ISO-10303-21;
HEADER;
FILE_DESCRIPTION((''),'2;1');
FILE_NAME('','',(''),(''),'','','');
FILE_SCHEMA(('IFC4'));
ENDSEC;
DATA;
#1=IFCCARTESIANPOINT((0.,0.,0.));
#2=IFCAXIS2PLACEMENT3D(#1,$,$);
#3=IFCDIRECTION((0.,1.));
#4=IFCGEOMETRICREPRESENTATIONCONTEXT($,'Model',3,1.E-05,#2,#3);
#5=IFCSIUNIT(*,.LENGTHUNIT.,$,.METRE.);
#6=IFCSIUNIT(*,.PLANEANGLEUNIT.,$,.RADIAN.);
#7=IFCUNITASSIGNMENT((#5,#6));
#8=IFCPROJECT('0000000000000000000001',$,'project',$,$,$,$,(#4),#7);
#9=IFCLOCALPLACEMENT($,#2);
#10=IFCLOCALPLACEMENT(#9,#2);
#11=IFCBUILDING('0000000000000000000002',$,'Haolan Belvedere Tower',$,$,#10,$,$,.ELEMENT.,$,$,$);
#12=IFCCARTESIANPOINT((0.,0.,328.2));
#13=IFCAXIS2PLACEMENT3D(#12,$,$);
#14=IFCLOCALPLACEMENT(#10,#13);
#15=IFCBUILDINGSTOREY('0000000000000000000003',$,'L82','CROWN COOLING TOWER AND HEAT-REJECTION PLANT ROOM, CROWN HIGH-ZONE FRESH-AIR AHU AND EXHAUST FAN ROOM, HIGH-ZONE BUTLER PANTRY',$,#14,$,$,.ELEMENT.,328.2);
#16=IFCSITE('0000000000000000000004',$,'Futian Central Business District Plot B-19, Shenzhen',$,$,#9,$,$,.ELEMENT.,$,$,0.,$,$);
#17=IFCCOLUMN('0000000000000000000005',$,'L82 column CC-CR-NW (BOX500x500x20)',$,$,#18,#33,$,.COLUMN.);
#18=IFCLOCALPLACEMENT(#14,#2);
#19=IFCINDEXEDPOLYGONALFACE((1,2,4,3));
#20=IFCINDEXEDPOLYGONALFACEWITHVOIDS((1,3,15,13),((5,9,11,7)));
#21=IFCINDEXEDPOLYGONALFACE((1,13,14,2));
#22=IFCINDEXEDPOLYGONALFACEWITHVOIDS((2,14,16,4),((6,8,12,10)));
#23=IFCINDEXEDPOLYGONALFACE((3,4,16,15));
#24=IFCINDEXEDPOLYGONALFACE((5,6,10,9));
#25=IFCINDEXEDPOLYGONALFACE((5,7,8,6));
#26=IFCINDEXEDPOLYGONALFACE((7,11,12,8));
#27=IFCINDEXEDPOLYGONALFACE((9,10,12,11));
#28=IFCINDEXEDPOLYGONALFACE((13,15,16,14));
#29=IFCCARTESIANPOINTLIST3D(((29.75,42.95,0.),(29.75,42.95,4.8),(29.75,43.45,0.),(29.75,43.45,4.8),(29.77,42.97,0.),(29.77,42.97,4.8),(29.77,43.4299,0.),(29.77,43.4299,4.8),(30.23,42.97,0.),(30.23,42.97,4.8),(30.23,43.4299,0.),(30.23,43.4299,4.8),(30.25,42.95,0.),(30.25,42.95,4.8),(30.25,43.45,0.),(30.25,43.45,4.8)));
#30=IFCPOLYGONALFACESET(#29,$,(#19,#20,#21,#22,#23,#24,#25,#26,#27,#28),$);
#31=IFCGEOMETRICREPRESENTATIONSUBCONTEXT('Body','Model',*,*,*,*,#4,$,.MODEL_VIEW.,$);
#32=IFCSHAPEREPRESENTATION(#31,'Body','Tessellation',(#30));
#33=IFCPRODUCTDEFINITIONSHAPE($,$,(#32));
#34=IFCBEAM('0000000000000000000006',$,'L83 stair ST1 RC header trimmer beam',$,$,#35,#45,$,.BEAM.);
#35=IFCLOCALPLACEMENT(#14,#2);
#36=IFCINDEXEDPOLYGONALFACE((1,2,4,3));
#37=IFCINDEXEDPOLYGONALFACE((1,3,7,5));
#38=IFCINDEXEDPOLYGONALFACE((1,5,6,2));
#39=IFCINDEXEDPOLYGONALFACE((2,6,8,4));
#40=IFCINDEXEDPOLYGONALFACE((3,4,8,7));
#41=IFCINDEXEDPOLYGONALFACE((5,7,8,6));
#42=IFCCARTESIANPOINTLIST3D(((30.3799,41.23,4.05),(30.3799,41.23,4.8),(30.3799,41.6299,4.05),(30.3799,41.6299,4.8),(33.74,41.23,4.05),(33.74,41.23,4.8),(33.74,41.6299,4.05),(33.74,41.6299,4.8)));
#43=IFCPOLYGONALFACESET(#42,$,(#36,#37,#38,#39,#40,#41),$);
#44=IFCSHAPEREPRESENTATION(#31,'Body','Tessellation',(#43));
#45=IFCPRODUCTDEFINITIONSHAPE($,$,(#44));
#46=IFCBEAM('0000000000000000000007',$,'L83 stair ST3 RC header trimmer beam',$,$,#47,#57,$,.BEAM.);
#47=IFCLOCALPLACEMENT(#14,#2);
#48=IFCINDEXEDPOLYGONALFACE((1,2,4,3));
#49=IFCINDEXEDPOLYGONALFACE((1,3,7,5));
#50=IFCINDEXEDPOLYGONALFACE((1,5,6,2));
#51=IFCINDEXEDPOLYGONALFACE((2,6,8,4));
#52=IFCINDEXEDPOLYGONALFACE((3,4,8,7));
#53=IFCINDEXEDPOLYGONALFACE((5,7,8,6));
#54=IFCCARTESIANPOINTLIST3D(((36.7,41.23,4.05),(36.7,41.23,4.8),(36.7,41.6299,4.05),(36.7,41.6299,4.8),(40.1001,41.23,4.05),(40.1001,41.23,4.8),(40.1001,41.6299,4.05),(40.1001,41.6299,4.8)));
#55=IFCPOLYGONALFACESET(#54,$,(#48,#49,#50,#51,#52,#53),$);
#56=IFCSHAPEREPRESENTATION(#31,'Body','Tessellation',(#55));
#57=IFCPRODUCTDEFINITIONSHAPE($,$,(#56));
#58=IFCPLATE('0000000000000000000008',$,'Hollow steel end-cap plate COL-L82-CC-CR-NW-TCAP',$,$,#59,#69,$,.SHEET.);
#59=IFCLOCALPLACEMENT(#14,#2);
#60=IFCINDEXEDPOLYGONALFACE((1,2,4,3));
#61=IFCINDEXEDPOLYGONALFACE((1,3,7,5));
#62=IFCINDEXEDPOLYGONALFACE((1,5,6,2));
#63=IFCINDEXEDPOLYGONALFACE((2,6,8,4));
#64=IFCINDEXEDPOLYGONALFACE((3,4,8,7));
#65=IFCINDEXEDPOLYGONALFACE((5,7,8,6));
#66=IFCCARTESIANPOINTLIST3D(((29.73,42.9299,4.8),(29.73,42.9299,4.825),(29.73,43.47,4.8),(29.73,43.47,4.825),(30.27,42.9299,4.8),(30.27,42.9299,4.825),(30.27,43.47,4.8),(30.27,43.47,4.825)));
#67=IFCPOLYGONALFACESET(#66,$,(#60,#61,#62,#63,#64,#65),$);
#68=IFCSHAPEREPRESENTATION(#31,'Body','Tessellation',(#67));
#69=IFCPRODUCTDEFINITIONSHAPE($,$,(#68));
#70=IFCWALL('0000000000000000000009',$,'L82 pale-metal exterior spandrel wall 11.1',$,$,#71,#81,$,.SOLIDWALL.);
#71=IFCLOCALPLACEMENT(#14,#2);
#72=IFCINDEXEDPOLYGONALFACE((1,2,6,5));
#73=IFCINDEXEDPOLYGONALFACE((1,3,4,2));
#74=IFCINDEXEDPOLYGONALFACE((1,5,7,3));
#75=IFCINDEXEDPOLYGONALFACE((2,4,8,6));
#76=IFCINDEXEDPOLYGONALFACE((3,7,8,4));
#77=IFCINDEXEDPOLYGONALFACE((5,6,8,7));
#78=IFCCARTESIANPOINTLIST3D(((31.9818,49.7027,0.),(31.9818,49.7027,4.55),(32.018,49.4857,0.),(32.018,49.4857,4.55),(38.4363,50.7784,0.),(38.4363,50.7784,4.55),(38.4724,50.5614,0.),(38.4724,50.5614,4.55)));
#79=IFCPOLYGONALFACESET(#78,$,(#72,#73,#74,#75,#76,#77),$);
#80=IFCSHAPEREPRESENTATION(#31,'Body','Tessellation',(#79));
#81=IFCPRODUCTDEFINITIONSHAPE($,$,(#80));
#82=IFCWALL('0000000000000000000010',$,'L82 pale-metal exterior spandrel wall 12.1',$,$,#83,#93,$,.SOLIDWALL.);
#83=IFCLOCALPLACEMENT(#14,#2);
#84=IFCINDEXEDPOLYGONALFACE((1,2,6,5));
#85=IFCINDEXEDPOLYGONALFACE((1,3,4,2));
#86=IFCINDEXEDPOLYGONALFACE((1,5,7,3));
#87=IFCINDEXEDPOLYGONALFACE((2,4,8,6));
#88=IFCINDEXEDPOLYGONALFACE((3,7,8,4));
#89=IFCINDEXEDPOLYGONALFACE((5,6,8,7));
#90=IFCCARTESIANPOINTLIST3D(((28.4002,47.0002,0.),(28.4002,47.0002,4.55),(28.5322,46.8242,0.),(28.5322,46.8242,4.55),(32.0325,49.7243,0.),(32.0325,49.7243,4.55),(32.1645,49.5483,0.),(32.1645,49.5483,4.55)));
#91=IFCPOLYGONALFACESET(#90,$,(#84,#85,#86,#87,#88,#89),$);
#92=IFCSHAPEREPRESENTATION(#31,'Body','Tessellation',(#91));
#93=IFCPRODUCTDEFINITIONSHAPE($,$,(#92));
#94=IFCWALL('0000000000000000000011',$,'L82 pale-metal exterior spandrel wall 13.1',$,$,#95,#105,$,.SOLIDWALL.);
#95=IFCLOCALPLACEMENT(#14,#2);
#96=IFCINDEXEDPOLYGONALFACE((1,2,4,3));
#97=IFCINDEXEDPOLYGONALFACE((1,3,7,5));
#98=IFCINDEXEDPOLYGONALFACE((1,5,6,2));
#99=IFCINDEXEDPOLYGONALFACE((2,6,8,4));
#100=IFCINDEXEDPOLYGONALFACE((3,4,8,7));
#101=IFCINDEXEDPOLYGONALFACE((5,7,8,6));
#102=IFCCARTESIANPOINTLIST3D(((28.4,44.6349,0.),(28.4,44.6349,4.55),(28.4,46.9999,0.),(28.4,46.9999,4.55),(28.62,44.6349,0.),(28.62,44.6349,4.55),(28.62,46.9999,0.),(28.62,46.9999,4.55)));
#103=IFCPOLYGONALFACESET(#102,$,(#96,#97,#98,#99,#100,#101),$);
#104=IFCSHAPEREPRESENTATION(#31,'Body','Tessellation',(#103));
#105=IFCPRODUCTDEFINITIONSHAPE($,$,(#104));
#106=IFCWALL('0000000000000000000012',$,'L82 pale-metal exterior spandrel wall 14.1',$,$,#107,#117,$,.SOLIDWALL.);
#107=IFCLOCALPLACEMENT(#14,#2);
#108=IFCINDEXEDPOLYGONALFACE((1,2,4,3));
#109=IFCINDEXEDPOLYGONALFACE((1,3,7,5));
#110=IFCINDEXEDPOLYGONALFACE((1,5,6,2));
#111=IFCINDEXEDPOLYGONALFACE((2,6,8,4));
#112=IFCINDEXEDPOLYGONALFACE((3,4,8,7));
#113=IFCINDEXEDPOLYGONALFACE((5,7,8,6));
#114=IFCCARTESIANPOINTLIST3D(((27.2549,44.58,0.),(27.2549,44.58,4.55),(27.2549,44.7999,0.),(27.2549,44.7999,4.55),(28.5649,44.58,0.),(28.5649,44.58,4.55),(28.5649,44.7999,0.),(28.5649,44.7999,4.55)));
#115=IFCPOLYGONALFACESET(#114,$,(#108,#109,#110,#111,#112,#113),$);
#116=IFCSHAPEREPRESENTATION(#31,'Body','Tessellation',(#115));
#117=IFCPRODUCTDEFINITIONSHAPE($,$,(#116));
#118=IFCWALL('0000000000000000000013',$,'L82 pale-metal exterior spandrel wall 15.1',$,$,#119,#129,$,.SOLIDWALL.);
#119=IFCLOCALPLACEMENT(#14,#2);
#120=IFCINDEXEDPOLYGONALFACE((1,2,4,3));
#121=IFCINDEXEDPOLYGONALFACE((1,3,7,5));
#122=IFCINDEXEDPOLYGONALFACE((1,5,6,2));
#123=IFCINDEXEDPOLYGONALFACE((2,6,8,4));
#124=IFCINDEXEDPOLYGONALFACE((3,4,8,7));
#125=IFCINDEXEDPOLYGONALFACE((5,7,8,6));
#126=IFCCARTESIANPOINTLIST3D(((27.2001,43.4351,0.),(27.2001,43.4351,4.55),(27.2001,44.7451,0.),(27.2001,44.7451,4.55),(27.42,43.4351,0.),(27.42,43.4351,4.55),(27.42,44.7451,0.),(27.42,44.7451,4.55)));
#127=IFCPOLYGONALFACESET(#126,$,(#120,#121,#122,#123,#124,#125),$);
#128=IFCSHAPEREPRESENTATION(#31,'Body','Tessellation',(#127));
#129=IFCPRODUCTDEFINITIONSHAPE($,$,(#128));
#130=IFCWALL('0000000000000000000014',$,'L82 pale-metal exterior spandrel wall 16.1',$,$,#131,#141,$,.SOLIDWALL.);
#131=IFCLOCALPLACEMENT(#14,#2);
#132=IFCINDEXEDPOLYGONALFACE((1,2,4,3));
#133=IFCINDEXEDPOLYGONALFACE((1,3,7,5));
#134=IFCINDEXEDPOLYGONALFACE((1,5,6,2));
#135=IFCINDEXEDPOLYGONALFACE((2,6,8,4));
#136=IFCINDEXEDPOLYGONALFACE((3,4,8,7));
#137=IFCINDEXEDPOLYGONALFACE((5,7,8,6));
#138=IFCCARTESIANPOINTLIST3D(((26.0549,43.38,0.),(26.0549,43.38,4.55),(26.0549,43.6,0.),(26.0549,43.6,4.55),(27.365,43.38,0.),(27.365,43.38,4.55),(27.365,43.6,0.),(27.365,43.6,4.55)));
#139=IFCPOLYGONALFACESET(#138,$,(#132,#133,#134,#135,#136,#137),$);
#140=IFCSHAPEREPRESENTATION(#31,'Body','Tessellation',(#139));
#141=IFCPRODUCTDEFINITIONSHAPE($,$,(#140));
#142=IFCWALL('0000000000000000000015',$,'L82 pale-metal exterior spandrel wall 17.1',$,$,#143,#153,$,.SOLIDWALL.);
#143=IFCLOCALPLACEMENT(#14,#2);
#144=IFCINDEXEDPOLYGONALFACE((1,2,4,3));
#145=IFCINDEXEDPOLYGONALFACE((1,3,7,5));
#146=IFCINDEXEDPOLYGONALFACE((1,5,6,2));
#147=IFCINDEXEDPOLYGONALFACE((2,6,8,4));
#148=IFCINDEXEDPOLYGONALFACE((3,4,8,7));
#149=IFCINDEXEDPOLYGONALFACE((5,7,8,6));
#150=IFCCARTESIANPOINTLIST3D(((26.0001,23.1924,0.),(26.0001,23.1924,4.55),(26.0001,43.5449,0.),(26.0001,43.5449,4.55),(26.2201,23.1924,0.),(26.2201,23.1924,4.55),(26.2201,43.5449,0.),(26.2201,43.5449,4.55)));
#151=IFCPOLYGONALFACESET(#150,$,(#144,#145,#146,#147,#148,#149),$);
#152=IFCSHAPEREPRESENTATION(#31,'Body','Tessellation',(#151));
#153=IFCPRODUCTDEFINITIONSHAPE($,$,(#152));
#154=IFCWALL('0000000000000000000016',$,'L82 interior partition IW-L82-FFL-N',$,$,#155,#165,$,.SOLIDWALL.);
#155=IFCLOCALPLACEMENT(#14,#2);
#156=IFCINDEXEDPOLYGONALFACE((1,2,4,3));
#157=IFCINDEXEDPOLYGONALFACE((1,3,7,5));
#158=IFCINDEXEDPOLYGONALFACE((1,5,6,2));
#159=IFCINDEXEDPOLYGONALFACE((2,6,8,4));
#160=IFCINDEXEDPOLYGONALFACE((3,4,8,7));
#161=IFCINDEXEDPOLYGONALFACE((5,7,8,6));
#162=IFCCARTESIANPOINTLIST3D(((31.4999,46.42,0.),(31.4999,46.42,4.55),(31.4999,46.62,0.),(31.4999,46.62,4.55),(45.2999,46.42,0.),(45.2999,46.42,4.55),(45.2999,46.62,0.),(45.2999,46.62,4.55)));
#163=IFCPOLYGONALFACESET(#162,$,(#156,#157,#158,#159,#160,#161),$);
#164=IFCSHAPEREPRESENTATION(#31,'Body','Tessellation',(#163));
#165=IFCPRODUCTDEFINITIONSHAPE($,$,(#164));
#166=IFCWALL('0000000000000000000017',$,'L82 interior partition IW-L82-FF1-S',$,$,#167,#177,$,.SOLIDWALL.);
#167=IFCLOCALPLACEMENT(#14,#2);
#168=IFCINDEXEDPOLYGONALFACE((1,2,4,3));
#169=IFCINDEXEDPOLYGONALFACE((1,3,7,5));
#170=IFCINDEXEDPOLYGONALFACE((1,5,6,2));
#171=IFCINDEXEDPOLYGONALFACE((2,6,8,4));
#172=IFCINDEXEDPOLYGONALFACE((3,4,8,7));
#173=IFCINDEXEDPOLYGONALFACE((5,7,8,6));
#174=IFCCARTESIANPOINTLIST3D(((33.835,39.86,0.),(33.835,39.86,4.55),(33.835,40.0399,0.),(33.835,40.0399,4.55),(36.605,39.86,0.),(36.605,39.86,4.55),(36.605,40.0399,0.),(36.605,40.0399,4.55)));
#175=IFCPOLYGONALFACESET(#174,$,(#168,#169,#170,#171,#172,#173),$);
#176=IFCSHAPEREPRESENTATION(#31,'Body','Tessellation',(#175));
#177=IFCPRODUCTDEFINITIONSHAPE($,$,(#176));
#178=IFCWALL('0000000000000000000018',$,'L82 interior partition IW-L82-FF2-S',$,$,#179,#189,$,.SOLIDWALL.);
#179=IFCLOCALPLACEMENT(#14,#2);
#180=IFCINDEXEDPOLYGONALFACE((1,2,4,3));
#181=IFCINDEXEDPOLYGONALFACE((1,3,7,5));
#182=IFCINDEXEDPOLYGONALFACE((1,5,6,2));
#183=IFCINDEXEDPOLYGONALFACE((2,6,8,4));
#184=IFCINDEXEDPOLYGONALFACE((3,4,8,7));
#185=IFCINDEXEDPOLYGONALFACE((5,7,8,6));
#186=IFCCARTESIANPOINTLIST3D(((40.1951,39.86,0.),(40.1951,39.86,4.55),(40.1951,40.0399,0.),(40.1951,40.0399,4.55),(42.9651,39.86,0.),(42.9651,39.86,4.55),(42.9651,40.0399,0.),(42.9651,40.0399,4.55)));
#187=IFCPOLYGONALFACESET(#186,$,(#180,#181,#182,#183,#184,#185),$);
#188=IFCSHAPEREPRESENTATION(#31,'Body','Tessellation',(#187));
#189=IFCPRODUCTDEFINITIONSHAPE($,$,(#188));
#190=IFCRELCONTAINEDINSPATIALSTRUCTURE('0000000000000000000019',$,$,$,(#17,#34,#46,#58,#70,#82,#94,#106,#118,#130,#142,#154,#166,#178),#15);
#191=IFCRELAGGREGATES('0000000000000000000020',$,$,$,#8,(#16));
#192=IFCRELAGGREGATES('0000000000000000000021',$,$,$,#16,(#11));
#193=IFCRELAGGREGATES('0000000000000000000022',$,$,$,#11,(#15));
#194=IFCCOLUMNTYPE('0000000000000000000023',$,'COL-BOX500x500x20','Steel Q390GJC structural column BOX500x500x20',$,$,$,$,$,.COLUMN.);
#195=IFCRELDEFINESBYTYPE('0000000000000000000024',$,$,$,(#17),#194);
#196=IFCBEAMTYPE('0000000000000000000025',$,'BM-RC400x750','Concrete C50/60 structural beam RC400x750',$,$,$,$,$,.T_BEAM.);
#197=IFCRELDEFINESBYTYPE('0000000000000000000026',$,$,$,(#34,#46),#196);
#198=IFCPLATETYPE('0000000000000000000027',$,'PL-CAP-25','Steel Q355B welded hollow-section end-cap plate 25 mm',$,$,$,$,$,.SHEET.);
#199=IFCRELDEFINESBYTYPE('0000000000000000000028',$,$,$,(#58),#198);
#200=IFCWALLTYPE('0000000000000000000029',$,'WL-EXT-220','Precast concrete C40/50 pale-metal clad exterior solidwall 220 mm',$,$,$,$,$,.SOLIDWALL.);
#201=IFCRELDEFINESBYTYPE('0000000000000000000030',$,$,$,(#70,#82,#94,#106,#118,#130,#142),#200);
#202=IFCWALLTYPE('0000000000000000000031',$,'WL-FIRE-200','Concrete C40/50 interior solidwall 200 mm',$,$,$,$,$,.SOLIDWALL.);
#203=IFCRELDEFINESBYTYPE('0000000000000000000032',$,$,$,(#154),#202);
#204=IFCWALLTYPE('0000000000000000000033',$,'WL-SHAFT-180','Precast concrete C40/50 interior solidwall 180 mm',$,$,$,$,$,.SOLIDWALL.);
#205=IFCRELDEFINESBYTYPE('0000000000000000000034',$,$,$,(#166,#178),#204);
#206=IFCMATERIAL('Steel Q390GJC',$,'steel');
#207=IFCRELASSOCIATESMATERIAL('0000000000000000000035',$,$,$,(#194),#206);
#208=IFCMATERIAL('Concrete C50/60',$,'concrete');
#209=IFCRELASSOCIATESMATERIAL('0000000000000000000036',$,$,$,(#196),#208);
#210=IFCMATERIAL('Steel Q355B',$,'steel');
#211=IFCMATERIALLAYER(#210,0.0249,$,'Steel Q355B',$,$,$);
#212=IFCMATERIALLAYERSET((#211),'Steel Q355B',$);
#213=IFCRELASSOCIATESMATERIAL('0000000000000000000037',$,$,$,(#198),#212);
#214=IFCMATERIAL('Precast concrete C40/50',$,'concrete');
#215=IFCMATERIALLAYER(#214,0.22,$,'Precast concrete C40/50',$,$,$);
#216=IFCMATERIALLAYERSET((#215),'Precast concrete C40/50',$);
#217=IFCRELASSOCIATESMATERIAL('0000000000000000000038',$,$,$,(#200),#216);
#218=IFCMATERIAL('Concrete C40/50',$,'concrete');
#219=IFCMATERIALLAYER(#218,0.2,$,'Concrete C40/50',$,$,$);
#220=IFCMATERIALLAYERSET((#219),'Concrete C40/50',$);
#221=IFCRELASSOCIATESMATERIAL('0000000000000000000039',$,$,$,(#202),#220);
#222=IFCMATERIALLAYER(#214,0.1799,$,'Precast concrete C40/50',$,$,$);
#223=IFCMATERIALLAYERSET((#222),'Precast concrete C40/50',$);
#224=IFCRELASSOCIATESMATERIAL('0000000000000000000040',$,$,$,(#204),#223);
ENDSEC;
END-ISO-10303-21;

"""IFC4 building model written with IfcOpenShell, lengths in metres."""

from ifc_helpers import new_model, si_unit, direction, frame, frame_2d, origin, origin_2d, place, context, subcontext, project, spatial, rectangle, hollow_rectangle, extrude, material, layer, layer_set, material_profile, profile_set, type_object, element, save


model = new_model("IFC4")

# Units and contexts
model_context = context("Model", 3, precision=1e-05, world=origin(), true_north=direction((0.0, 1.0)))
body_context = subcontext(model_context, "Body", "Model", "MODEL_VIEW")
ifc_project = project(units=[si_unit("LENGTHUNIT", "METRE"), si_unit("PLANEANGLEUNIT", "RADIAN")], contexts=[model_context])

# Site, building, storey
site_placement = place(None, origin())
site = spatial("IfcSite", under=ifc_project, at=site_placement, Name="Futian Central Business District Plot B-19, Shenzhen", CompositionType="ELEMENT", RefElevation=0.0)
building_placement = place(site_placement, origin())
building = spatial("IfcBuilding", under=site, at=building_placement, Name="Haolan Belvedere Tower", CompositionType="ELEMENT")
storey_placement = place(building_placement, frame((0.0, 0.0, 328.2)))
storey = spatial("IfcBuildingStorey", under=building, at=storey_placement, Name="L82", Description="CROWN COOLING TOWER AND HEAT-REJECTION PLANT ROOM, CROWN HIGH-ZONE FRESH-AIR AHU AND EXHAUST FAN ROOM, HIGH-ZONE BUTLER PANTRY", CompositionType="ELEMENT", Elevation=328.2)

# Column
ifc_material_1 = material(Name="Steel Q390GJC", Category="steel")
ifc_material_profile_1 = material_profile(ifc_material_1, hollow_rectangle(XDim=0.5, YDim=0.5, WallThickness=0.02, at=origin_2d()), Name="Steel Q390GJC")
ifc_profile_set_1 = profile_set([ifc_material_profile_1], Name="Steel Q390GJC")
column_type = type_object("IfcColumnType", Name="COL-BOX500x500x20", Description="Steel Q390GJC structural column BOX500x500x20", PredefinedType="COLUMN", material=ifc_profile_set_1)
column_placement = place(storey_placement, frame((30.0, 43.2, 0.0), z_axis=(0.0, 0.0, 1.0), x_axis=(1.0, 0.0, 0.0)))
element("IfcColumn", 1, at=column_placement, inside=storey, type_object=column_type, Name="L82 column CC-CR-NW (BOX500x500x20)", PredefinedType="COLUMN", context=body_context, shape_type="SweptSolid", body=[
    extrude(hollow_rectangle(XDim=0.5, YDim=0.5, WallThickness=0.02, at=origin_2d()), origin(), (0.0, 0.0, 1.0), 4.8),
])

# Beams
ifc_material_2 = material(Name="Concrete C50/60", Category="concrete")
ifc_material_profile_2 = material_profile(ifc_material_2, rectangle(XDim=0.3999, YDim=0.75, at=origin_2d()), Name="Concrete C50/60")
ifc_profile_set_2 = profile_set([ifc_material_profile_2], Name="Concrete C50/60")
beam_type = type_object("IfcBeamType", Name="BM-RC400x750", Description="Concrete C50/60 structural beam RC400x750", PredefinedType="T_BEAM", material=ifc_profile_set_2)
beam_1_placement = place(storey_placement, frame((30.3799, 41.4299, 4.425), z_axis=(1.0, 0.0, 0.0), x_axis=(0.0, 1.0, 0.0)))
element("IfcBeam", 2, at=beam_1_placement, inside=storey, type_object=beam_type, Name="L83 stair ST1 RC header trimmer beam", PredefinedType="BEAM", context=body_context, shape_type="SweptSolid", body=[
    extrude(rectangle(XDim=0.3999, YDim=0.75, at=origin_2d()), origin(), (0.0, 0.0, 1.0), 3.3601),
])
beam_2_placement = place(storey_placement, frame((36.7, 41.4299, 4.425), z_axis=(1.0, 0.0, 0.0), x_axis=(0.0, 1.0, 0.0)))
element("IfcBeam", 3, at=beam_2_placement, inside=storey, type_object=beam_type, Name="L83 stair ST3 RC header trimmer beam", PredefinedType="BEAM", context=body_context, shape_type="SweptSolid", body=[
    extrude(rectangle(XDim=0.3999, YDim=0.75, at=origin_2d()), origin(), (0.0, 0.0, 1.0), 3.4001),
])

# Plate
ifc_material_3 = material(Name="Steel Q355B", Category="steel")
ifc_layer_1 = layer(ifc_material_3, 0.0249, Name="Steel Q355B")
ifc_layer_set_1 = layer_set([ifc_layer_1], Name="Steel Q355B")
plate_type = type_object("IfcPlateType", Name="PL-CAP-25", Description="Steel Q355B welded hollow-section end-cap plate 25 mm", PredefinedType="SHEET", material=ifc_layer_set_1)
plate_placement = place(storey_placement, frame((30.0, 43.2, 4.8), z_axis=(0.0, 0.0, 1.0), x_axis=(1.0, 0.0, 0.0)))
element("IfcPlate", 4, at=plate_placement, inside=storey, type_object=plate_type, Name="Hollow steel end-cap plate COL-L82-CC-CR-NW-TCAP", PredefinedType="SHEET", context=body_context, shape_type="SweptSolid", body=[
    extrude(rectangle(XDim=0.54, YDim=0.54, at=origin_2d()), origin(), (0.0, 0.0, 1.0), 0.0249),
])

# Walls
ifc_material_4 = material(Name="Precast concrete C40/50", Category="concrete")
ifc_layer_2 = layer(ifc_material_4, 0.22, Name="Precast concrete C40/50")
ifc_layer_set_2 = layer_set([ifc_layer_2], Name="Precast concrete C40/50")
wall_type_1 = type_object("IfcWallType", Name="WL-EXT-220", Description="Precast concrete C40/50 pale-metal clad exterior solidwall 220 mm", PredefinedType="SOLIDWALL", material=ifc_layer_set_2)
wall_1_placement = place(storey_placement, frame((38.4543, 50.6699, 0.0), z_axis=(0.0, 0.0, 1.0), x_axis=(-0.986395, -0.164393, 0.0)))
element("IfcWall", 5, at=wall_1_placement, inside=storey, type_object=wall_type_1, Name="L82 pale-metal exterior spandrel wall 11.1", PredefinedType="SOLIDWALL", context=body_context, shape_type="SweptSolid", body=[
    extrude(rectangle(XDim=6.5435, YDim=0.22, at=frame_2d((3.2717, 0.0))), origin(), (0.0, 0.0, 1.0), 4.55),
])
wall_2_placement = place(storey_placement, frame((32.0984, 49.6362, 0.0), z_axis=(0.0, 0.0, 1.0), x_axis=(-0.800013, -0.599983, 0.0)))
element("IfcWall", 6, at=wall_2_placement, inside=storey, type_object=wall_type_1, Name="L82 pale-metal exterior spandrel wall 12.1", PredefinedType="SOLIDWALL", context=body_context, shape_type="SweptSolid", body=[
    extrude(rectangle(XDim=4.5403, YDim=0.22, at=frame_2d((2.27, 0.0))), origin(), (0.0, 0.0, 1.0), 4.55),
])
wall_3_placement = place(storey_placement, frame((28.51, 47.0, 0.0), z_axis=(0.0, 0.0, 1.0), x_axis=(0.0, -1.0, 0.0)))
element("IfcWall", 7, at=wall_3_placement, inside=storey, type_object=wall_type_1, Name="L82 pale-metal exterior spandrel wall 13.1", PredefinedType="SOLIDWALL", context=body_context, shape_type="SweptSolid", body=[
    extrude(rectangle(XDim=2.365, YDim=0.22, at=frame_2d((1.1826, 0.0))), origin(), (0.0, 0.0, 1.0), 4.55),
])
for number, where, z_axis, x_axis, name in (
    (8, (28.5649, 44.6899, 0.0), (0.0, 0.0, 1.0), (-1.0, 0.0, 0.0), "L82 pale-metal exterior spandrel wall 14.1"),
    (9, (27.3101, 44.7451, 0.0), (0.0, 0.0, 1.0), (0.0, -1.0, 0.0), "L82 pale-metal exterior spandrel wall 15.1"),
    (10, (27.365, 43.49, 0.0), (0.0, 0.0, 1.0), (-1.0, 0.0, 0.0), "L82 pale-metal exterior spandrel wall 16.1"),
):
    element("IfcWall", number, at=place(storey_placement, frame(where, z_axis=z_axis, x_axis=x_axis)), inside=storey, type_object=wall_type_1, Name=name, PredefinedType="SOLIDWALL", context=body_context, shape_type="SweptSolid", body=[
        extrude(rectangle(XDim=1.3101, YDim=0.22, at=frame_2d((0.655, 0.0))), origin(), (0.0, 0.0, 1.0), 4.55),
    ])
wall_4_placement = place(storey_placement, frame((26.1101, 43.5449, 0.0), z_axis=(0.0, 0.0, 1.0), x_axis=(0.0, -1.0, 0.0)))
element("IfcWall", 11, at=wall_4_placement, inside=storey, type_object=wall_type_1, Name="L82 pale-metal exterior spandrel wall 17.1", PredefinedType="SOLIDWALL", context=body_context, shape_type="SweptSolid", body=[
    extrude(rectangle(XDim=20.3525, YDim=0.22, at=frame_2d((10.1763, 0.0))), origin(), (0.0, 0.0, 1.0), 4.55),
])
ifc_material_5 = material(Name="Concrete C40/50", Category="concrete")
ifc_layer_3 = layer(ifc_material_5, 0.2, Name="Concrete C40/50")
ifc_layer_set_3 = layer_set([ifc_layer_3], Name="Concrete C40/50")
wall_type_2 = type_object("IfcWallType", Name="WL-FIRE-200", Description="Concrete C40/50 interior solidwall 200 mm", PredefinedType="SOLIDWALL", material=ifc_layer_set_3)
wall_5_placement = place(storey_placement, frame((31.5, 46.52, 0.0), z_axis=(0.0, 0.0, 1.0), x_axis=(1.0, 0.0, 0.0)))
element("IfcWall", 12, at=wall_5_placement, inside=storey, type_object=wall_type_2, Name="L82 interior partition IW-L82-FFL-N", PredefinedType="SOLIDWALL", context=body_context, shape_type="SweptSolid", body=[
    extrude(rectangle(XDim=13.8, YDim=0.2, at=frame_2d((6.8999, 0.0))), origin(), (0.0, 0.0, 1.0), 4.55),
])

# Walls
ifc_layer_4 = layer(ifc_material_4, 0.1799, Name="Precast concrete C40/50")
ifc_layer_set_4 = layer_set([ifc_layer_4], Name="Precast concrete C40/50")
wall_type_3 = type_object("IfcWallType", Name="WL-SHAFT-180", Description="Precast concrete C40/50 interior solidwall 180 mm", PredefinedType="SOLIDWALL", material=ifc_layer_set_4)
for number, where, z_axis, x_axis, name in (
    (13, (33.835, 39.95, 0.0), (0.0, 0.0, 1.0), (1.0, 0.0, 0.0), "L82 interior partition IW-L82-FF1-S"),
    (14, (40.1951, 39.95, 0.0), (0.0, 0.0, 1.0), (1.0, 0.0, 0.0), "L82 interior partition IW-L82-FF2-S"),
):
    element("IfcWall", number, at=place(storey_placement, frame(where, z_axis=z_axis, x_axis=x_axis)), inside=storey, type_object=wall_type_3, Name=name, PredefinedType="SOLIDWALL", context=body_context, shape_type="SweptSolid", body=[
        extrude(rectangle(XDim=2.77, YDim=0.1799, at=frame_2d((1.385, 0.0))), origin(), (0.0, 0.0, 1.0), 4.55),
    ])

save(model, "model.ifc")
